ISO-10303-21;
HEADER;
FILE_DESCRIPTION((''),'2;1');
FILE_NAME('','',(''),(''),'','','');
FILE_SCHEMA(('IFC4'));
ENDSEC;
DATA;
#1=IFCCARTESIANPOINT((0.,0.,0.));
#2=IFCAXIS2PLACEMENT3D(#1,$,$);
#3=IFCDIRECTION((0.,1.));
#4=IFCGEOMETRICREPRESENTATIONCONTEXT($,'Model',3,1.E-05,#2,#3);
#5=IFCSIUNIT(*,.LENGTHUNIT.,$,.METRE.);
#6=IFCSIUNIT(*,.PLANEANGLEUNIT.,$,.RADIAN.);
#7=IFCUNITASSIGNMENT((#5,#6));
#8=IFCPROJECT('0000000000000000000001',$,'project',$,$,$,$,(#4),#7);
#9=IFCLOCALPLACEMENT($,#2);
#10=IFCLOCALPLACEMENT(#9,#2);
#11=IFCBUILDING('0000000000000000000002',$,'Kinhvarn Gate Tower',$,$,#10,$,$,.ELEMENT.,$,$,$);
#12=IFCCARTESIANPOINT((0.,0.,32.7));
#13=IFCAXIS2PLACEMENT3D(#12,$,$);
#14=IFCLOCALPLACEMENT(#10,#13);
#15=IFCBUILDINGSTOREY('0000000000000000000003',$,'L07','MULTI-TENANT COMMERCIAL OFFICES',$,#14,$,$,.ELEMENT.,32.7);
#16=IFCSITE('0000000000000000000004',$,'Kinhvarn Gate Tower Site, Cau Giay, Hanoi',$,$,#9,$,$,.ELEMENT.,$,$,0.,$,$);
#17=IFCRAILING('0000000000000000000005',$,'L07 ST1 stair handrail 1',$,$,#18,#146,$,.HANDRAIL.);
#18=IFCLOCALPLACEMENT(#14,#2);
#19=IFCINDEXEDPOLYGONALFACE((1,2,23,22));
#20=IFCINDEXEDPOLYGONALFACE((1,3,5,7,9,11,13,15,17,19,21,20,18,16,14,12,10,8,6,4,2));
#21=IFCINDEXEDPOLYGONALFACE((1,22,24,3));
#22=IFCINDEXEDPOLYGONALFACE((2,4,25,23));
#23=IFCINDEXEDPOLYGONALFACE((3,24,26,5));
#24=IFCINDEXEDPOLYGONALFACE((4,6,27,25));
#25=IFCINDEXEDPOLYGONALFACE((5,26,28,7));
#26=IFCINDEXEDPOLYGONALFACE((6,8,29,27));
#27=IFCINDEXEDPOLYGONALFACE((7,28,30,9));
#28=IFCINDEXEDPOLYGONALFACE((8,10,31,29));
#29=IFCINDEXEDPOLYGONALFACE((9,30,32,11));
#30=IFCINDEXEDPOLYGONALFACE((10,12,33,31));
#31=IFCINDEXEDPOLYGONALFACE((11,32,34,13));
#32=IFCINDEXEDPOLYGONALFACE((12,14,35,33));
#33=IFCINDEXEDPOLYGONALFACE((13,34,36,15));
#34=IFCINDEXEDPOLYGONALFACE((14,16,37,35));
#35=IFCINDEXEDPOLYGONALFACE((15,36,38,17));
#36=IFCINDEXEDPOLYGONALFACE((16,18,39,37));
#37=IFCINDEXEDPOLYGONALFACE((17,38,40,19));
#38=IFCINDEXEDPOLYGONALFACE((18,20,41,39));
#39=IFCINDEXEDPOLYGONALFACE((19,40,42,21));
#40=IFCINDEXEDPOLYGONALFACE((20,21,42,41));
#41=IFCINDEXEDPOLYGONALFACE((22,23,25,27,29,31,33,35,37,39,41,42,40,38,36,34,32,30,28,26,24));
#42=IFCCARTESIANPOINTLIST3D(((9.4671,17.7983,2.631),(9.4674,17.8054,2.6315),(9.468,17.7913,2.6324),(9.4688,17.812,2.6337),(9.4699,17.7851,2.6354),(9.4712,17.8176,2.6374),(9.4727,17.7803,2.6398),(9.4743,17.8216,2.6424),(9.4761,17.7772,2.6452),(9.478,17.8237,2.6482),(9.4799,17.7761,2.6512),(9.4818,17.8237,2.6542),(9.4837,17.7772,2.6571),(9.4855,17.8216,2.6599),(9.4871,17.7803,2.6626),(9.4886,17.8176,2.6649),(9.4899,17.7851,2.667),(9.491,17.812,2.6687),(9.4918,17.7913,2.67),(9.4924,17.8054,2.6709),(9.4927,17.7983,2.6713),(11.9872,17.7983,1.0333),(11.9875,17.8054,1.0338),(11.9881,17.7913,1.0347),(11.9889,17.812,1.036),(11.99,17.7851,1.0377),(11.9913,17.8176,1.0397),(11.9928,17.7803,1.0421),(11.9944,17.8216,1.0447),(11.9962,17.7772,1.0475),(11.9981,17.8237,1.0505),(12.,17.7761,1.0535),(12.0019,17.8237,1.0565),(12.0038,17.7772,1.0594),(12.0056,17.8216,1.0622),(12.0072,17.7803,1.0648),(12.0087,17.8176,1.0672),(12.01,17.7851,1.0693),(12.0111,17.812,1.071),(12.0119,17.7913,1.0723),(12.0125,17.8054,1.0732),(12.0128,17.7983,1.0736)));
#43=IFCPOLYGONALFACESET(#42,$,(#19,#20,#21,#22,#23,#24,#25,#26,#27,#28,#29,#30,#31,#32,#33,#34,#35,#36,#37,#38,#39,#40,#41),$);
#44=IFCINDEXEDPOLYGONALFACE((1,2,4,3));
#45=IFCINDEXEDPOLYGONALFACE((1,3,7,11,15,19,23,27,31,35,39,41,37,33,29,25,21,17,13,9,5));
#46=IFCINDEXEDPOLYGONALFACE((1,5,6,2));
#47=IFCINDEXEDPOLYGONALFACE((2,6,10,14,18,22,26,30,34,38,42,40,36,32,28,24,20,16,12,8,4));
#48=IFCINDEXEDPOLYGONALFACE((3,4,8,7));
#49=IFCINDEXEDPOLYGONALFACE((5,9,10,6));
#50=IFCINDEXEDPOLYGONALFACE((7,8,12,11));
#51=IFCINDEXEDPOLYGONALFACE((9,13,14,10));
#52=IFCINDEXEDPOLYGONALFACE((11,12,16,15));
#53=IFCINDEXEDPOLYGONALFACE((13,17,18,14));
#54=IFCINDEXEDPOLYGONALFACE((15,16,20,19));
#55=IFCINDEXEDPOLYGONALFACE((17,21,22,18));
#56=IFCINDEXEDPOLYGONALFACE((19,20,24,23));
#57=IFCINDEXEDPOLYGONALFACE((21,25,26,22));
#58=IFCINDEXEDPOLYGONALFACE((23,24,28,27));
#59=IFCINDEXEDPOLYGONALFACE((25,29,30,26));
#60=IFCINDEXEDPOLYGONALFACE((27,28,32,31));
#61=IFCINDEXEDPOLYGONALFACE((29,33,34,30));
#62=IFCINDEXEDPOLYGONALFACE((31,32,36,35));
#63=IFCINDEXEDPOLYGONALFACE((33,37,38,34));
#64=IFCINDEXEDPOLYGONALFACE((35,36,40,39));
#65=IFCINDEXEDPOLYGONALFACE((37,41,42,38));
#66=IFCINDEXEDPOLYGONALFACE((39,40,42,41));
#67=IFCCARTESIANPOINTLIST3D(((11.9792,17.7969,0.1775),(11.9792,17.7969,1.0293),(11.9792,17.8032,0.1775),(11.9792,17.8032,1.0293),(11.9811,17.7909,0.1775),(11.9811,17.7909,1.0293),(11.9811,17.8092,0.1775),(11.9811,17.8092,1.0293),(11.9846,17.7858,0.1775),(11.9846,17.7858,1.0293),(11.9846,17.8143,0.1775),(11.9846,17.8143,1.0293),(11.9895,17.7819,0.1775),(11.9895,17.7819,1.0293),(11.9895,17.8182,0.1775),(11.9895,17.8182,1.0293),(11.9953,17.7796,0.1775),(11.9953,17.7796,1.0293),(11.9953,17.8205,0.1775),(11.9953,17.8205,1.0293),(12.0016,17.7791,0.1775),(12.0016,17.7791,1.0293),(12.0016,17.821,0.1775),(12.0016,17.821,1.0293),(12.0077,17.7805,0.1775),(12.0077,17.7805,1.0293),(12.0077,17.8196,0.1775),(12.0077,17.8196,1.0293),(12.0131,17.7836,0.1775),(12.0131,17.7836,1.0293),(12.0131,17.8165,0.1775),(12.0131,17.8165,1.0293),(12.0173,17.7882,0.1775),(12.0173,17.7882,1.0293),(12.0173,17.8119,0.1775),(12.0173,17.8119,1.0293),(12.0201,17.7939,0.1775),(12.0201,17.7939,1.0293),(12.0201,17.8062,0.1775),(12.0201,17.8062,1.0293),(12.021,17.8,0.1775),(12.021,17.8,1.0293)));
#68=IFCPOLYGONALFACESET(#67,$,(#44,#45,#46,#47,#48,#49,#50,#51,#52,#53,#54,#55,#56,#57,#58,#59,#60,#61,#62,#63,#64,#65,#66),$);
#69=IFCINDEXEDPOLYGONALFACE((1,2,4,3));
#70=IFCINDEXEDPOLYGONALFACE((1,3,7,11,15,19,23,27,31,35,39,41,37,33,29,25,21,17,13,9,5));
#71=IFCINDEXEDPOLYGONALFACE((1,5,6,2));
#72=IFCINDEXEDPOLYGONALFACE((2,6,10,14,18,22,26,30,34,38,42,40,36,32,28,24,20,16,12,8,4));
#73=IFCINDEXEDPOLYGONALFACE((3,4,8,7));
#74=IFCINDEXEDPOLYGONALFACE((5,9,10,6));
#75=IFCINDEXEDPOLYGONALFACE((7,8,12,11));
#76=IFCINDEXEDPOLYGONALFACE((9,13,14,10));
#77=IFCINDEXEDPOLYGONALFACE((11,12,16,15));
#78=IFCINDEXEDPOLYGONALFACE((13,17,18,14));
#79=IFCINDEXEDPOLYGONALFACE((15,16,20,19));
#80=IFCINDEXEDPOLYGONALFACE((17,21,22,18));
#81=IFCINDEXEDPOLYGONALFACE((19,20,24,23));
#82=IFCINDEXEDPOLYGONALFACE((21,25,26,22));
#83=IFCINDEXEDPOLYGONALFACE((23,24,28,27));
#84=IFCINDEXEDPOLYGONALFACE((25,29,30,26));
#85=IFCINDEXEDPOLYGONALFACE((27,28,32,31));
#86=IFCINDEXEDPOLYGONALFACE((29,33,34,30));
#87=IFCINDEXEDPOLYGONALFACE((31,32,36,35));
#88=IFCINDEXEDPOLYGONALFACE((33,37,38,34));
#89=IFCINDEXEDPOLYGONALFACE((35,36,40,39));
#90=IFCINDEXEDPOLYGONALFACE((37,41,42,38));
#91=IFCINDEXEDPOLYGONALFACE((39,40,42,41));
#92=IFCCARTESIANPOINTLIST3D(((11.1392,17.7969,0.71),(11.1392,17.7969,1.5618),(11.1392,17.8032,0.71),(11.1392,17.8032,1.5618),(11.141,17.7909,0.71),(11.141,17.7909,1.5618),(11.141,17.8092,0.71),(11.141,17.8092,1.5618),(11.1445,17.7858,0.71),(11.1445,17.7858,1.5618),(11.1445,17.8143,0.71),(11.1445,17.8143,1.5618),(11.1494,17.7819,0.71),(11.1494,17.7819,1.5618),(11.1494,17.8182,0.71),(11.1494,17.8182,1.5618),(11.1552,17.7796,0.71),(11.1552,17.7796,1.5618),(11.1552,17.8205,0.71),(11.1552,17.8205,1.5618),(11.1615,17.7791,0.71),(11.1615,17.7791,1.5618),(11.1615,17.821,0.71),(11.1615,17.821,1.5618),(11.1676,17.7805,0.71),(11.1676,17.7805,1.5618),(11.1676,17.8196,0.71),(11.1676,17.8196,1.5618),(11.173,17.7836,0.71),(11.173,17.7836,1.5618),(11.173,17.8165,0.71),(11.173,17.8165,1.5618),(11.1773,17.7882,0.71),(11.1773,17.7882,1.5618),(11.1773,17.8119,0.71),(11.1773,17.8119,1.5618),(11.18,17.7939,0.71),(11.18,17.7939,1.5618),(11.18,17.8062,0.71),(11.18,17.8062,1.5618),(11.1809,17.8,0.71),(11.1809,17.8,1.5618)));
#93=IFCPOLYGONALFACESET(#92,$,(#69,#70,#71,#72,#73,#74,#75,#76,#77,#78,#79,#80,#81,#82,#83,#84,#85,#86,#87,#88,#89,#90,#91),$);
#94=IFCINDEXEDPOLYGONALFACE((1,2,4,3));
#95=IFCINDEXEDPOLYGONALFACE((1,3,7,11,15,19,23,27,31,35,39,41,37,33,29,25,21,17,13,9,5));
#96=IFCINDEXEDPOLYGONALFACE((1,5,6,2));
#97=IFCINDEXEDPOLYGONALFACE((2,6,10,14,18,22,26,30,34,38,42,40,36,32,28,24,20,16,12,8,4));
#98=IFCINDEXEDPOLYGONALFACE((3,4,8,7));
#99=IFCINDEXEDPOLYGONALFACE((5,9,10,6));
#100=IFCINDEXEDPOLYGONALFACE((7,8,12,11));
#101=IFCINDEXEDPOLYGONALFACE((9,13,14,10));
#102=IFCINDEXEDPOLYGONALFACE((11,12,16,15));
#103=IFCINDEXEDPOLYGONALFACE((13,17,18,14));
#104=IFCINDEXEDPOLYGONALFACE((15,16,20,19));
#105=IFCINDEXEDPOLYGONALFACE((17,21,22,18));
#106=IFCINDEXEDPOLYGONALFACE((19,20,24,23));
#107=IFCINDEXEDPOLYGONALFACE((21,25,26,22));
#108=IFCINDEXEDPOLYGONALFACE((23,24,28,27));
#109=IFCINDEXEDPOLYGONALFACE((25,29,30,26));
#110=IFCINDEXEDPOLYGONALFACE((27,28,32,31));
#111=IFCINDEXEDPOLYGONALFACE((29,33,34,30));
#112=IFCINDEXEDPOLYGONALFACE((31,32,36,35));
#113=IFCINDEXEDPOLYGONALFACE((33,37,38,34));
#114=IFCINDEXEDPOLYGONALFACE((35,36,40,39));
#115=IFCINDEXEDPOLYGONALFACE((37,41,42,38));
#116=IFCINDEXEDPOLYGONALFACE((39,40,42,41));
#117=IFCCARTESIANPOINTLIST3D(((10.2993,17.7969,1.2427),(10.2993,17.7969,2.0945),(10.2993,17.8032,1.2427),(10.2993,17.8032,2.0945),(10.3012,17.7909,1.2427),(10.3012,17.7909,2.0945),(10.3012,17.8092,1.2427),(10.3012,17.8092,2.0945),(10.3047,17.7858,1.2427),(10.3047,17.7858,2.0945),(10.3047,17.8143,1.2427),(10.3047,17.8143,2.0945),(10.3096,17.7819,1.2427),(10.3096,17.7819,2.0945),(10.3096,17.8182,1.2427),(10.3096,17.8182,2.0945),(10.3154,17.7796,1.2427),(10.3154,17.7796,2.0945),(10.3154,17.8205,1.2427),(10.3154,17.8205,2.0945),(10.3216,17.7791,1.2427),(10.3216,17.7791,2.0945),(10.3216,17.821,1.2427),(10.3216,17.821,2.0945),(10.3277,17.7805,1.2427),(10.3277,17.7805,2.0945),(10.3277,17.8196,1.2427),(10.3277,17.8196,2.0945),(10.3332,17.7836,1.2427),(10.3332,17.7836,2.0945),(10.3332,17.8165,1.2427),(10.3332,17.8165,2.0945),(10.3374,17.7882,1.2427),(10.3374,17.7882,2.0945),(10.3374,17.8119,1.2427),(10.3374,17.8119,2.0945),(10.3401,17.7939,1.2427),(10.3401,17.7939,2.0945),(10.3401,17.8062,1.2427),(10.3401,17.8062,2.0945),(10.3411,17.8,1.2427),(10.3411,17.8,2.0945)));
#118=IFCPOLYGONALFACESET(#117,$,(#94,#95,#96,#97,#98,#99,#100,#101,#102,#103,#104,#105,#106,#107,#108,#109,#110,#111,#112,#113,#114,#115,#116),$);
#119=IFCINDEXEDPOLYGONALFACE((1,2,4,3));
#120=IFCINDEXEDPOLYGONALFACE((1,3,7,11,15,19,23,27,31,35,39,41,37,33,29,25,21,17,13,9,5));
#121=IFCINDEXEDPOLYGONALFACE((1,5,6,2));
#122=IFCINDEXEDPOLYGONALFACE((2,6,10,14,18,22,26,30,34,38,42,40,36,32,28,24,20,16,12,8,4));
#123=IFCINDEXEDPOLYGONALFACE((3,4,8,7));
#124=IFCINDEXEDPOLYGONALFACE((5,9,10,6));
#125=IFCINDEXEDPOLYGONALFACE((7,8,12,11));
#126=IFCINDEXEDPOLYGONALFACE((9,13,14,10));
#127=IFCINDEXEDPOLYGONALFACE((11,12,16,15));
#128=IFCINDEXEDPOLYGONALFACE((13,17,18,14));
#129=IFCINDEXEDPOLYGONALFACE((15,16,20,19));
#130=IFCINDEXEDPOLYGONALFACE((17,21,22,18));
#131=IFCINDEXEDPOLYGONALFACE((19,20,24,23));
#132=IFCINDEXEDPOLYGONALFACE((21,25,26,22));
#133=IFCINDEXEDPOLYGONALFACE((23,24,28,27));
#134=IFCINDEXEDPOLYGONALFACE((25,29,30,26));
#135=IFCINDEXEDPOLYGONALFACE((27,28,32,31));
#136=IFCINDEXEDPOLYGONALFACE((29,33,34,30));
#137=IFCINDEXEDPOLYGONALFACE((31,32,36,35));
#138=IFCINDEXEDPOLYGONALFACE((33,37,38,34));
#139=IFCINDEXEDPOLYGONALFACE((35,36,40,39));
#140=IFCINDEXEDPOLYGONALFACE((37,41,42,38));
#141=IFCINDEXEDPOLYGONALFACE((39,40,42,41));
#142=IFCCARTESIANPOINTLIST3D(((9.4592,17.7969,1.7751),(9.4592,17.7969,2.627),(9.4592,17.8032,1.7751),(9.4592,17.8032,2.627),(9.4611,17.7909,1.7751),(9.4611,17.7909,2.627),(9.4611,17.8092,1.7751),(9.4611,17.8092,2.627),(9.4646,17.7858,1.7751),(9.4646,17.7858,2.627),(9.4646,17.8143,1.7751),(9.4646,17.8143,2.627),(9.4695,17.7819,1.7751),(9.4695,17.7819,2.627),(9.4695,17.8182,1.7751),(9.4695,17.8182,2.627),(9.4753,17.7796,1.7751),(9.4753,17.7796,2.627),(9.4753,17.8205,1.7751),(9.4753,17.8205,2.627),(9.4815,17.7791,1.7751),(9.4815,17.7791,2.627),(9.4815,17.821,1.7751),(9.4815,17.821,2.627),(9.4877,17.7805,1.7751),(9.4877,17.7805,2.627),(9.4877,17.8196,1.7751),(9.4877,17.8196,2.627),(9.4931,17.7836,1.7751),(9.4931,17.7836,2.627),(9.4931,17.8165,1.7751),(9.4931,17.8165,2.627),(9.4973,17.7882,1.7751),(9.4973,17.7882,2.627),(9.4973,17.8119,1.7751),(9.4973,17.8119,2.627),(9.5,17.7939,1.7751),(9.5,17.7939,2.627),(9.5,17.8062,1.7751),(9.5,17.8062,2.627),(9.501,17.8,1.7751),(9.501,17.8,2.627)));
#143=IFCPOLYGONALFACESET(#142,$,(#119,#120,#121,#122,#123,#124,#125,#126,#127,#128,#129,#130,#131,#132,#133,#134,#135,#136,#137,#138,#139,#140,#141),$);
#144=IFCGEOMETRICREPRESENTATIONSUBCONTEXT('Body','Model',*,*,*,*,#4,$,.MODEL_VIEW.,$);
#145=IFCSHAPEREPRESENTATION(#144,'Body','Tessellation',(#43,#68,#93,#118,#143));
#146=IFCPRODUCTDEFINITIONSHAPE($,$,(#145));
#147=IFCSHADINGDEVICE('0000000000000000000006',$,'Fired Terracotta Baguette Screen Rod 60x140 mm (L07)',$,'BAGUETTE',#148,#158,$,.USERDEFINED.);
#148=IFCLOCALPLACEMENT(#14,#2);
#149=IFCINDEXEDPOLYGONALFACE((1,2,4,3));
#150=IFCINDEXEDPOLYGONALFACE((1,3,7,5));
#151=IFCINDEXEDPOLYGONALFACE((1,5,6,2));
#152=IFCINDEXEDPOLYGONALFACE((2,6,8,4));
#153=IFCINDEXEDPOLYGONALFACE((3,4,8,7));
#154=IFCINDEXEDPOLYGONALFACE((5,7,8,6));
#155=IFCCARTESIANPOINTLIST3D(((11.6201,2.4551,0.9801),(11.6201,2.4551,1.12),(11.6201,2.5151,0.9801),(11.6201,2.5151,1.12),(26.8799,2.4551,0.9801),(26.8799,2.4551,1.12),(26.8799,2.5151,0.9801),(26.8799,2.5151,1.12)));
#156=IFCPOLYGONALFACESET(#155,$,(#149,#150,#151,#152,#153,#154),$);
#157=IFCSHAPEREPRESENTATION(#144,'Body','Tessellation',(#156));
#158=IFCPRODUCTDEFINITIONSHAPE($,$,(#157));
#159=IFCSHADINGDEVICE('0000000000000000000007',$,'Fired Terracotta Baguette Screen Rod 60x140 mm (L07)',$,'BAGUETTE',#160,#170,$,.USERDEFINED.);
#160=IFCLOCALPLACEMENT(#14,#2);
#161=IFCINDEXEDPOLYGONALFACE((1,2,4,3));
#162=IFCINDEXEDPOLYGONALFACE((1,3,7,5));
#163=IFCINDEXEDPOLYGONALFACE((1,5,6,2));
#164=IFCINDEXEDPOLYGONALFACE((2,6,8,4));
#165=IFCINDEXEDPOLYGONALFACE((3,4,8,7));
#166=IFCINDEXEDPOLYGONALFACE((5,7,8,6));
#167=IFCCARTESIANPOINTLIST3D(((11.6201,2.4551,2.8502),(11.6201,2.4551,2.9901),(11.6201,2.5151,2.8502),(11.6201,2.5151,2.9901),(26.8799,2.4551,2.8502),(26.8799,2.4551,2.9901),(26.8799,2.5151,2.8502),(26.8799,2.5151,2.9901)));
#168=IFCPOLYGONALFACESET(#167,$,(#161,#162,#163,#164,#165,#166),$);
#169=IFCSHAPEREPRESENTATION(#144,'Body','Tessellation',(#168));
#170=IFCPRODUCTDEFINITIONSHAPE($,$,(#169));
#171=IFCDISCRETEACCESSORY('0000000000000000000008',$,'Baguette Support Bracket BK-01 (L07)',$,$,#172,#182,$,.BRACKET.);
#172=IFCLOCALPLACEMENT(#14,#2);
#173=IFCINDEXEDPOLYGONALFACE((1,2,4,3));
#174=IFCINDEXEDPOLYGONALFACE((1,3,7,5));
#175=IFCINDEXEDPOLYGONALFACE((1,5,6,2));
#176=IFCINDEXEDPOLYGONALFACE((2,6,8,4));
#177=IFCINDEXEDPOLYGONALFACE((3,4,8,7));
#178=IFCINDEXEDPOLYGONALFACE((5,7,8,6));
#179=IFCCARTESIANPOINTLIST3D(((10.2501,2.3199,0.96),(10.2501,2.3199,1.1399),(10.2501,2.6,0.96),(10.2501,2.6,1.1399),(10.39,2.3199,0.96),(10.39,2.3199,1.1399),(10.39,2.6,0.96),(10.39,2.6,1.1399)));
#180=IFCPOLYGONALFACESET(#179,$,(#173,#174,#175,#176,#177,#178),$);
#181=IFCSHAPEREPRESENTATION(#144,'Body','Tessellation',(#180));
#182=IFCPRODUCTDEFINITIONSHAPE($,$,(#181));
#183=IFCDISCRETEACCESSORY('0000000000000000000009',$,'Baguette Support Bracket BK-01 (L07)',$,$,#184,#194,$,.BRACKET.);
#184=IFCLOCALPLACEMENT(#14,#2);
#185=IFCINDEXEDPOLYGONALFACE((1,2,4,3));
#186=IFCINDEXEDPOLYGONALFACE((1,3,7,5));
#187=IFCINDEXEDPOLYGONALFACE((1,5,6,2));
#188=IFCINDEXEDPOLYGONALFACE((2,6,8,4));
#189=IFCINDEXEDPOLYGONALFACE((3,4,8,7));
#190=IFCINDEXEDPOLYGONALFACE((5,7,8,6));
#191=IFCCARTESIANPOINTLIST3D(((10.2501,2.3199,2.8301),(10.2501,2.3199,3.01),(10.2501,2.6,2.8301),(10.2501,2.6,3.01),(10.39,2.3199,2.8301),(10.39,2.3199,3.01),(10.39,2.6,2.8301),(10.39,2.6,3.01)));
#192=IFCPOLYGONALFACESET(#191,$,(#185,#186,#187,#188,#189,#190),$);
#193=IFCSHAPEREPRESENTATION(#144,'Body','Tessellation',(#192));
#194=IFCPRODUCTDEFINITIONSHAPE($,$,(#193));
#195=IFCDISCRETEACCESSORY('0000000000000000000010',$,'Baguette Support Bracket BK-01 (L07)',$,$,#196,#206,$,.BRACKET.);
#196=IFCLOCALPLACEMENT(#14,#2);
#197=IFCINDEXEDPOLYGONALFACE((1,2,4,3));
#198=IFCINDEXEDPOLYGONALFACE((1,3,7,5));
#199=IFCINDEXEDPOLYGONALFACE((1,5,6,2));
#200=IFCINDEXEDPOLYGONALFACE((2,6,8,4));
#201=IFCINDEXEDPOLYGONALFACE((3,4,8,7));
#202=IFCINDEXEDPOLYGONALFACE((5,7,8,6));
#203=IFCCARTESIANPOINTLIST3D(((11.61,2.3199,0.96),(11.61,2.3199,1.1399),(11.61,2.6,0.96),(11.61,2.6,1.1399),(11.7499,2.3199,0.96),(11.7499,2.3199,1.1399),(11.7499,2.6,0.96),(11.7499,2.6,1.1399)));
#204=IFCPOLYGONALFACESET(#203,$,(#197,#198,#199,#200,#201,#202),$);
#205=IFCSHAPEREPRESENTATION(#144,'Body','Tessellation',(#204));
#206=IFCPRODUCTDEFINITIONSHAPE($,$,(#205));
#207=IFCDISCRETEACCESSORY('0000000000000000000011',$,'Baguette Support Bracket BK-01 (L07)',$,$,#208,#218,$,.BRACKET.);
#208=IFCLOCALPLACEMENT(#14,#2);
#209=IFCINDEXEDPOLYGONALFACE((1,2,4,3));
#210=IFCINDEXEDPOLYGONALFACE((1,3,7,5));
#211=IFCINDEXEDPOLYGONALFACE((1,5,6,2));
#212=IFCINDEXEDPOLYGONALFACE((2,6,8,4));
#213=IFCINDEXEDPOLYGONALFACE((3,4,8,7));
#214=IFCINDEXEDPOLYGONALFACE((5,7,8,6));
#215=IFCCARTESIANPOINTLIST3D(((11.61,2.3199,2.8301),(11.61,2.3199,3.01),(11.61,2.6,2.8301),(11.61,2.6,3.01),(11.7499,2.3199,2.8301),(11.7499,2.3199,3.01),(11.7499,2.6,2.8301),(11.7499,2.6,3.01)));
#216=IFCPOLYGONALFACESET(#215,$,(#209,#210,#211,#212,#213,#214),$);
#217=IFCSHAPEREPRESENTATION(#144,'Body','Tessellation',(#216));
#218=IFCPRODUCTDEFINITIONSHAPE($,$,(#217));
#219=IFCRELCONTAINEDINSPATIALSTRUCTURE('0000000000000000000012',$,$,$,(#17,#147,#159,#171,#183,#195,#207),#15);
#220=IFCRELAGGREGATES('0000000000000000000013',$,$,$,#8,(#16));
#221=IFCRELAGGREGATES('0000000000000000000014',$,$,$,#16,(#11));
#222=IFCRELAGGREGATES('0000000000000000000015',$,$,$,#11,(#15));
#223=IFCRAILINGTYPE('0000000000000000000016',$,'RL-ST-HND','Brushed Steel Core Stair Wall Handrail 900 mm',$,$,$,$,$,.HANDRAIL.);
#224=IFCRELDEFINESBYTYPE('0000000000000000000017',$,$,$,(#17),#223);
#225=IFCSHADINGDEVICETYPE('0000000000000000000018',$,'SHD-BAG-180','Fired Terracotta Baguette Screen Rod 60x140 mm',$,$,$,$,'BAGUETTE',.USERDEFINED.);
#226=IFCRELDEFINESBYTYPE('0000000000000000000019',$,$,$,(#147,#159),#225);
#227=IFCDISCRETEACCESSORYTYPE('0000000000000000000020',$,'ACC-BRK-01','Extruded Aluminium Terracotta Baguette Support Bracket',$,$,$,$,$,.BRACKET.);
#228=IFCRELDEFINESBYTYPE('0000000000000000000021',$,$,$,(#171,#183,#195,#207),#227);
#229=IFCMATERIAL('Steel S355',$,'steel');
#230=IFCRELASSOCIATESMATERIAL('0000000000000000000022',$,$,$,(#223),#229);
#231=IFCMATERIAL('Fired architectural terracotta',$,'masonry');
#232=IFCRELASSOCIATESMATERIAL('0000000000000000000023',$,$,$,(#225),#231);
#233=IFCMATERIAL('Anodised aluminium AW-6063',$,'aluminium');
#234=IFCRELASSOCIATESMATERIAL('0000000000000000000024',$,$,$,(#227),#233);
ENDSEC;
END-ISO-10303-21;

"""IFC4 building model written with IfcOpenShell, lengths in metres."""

from ifc_helpers import new_model, si_unit, direction, frame, origin, origin_2d, place, context, subcontext, project, spatial, rectangle, circle, extrude, material, material_profile, profile_set, type_object, element, save


model = new_model("IFC4")

# Units and contexts
model_context = context("Model", 3, precision=1e-05, world=origin(), true_north=direction((0.0, 1.0)))
body_context = subcontext(model_context, "Body", "Model", "MODEL_VIEW")
ifc_project = project(units=[si_unit("LENGTHUNIT", "METRE"), si_unit("PLANEANGLEUNIT", "RADIAN")], contexts=[model_context])

# Site, building, storey
site_placement = place(None, origin())
site = spatial("IfcSite", under=ifc_project, at=site_placement, Name="Kinhvarn Gate Tower Site, Cau Giay, Hanoi", CompositionType="ELEMENT", RefElevation=0.0)
building_placement = place(site_placement, origin())
building = spatial("IfcBuilding", under=site, at=building_placement, Name="Kinhvarn Gate Tower", CompositionType="ELEMENT")
storey_placement = place(building_placement, frame((0.0, 0.0, 32.7)))
storey = spatial("IfcBuildingStorey", under=building, at=storey_placement, Name="L07", Description="MULTI-TENANT COMMERCIAL OFFICES", CompositionType="ELEMENT", Elevation=32.7)

# Shared definitions
ifc_material_1 = material(Name="Anodised aluminium AW-6063", Category="aluminium")

# Shared definitions
ifc_material_2 = material(Name="Steel S355", Category="steel")

# Railing
railing_type_1 = type_object("IfcRailingType", Name="RL-ST-HND", Description="Brushed Steel Core Stair Wall Handrail 900 mm", PredefinedType="HANDRAIL", material=ifc_material_2)
railing_1_placement = place(storey_placement, frame((12.0, 17.8, 0.1775)))
element("IfcRailing", 1, at=railing_1_placement, inside=storey, type_object=railing_type_1, Name="L07 ST1 stair handrail 1", PredefinedType="HANDRAIL", context=body_context, shape_type="SweptSolid", body=[
    extrude(circle(Radius=0.0239, at=origin_2d()), frame((0.0, 0.0, 0.876), z_axis=(-0.84457, 0.0, 0.535445), x_axis=(0.0, -1.0, 0.0)), (0.0, 0.0, 1.0), 2.9839),
    extrude(circle(Radius=0.021, at=origin_2d()), origin(), (0.0, 0.0, 1.0), 0.8518),
    extrude(circle(Radius=0.021, at=origin_2d()), frame((-0.8401, 0.0, 0.5325)), (0.0, 0.0, 1.0), 0.8518),
    extrude(circle(Radius=0.021, at=origin_2d()), frame((-1.6799, 0.0, 1.0652)), (0.0, 0.0, 1.0), 0.8518),
    extrude(circle(Radius=0.021, at=origin_2d()), frame((-2.52, 0.0, 1.5977)), (0.0, 0.0, 1.0), 0.8518),
])

# Shading devices
ifc_material_3 = material(Name="Fired architectural terracotta", Category="masonry")
ifc_material_profile_1 = material_profile(ifc_material_3, rectangle(XDim=0.0601, YDim=0.1399, at=origin_2d()), Name="TC 60x140")
ifc_profile_set_1 = profile_set([ifc_material_profile_1], Name="Fired architectural terracotta")
shading_device_type = type_object("IfcShadingDeviceType", Name="SHD-BAG-180", Description="Fired Terracotta Baguette Screen Rod 60x140 mm", ElementType="BAGUETTE", PredefinedType="USERDEFINED", material=ifc_profile_set_1)
for number, where, z_axis, x_axis, name in (
    (2, (11.6201, 2.4851, 1.05), (1.0, 0.0, 0.0), (0.0, 1.0, 0.0), "Fired Terracotta Baguette Screen Rod 60x140 mm (L07)"),
    (3, (11.6201, 2.4851, 2.9202), (1.0, 0.0, 0.0), (0.0, 1.0, 0.0), "Fired Terracotta Baguette Screen Rod 60x140 mm (L07)"),
):
    element("IfcShadingDevice", number, at=place(storey_placement, frame(where, z_axis=z_axis, x_axis=x_axis)), inside=storey, type_object=shading_device_type, Name=name, ObjectType="BAGUETTE", PredefinedType="USERDEFINED", context=body_context, shape_type="SweptSolid", body=[
        extrude(rectangle(XDim=0.0601, YDim=0.1399, at=origin_2d()), origin(), (0.0, 0.0, 1.0), 15.2598),
    ])

# Discrete accessories
discrete_accessory_type = type_object("IfcDiscreteAccessoryType", Name="ACC-BRK-01", Description="Extruded Aluminium Terracotta Baguette Support Bracket", PredefinedType="BRACKET", material=ifc_material_1)
for number, where, z_axis, x_axis, name in (
    (4, (10.3201, 2.46, 0.96), (0.0, 0.0, 1.0), (1.0, 0.0, 0.0), "Baguette Support Bracket BK-01 (L07)"),
    (5, (10.3201, 2.46, 2.8301), (0.0, 0.0, 1.0), (1.0, 0.0, 0.0), "Baguette Support Bracket BK-01 (L07)"),
    (6, (11.6799, 2.46, 0.96), (0.0, 0.0, 1.0), (1.0, 0.0, 0.0), "Baguette Support Bracket BK-01 (L07)"),
    (7, (11.6799, 2.46, 2.8301), (0.0, 0.0, 1.0), (1.0, 0.0, 0.0), "Baguette Support Bracket BK-01 (L07)"),
):
    element("IfcDiscreteAccessory", number, at=place(storey_placement, frame(where, z_axis=z_axis, x_axis=x_axis)), inside=storey, type_object=discrete_accessory_type, Name=name, PredefinedType="BRACKET", context=body_context, shape_type="SweptSolid", body=[
        extrude(rectangle(XDim=0.1399, YDim=0.28, at=origin_2d()), origin(), (0.0, 0.0, 1.0), 0.1799),
    ])

save(model, "model.ifc")
